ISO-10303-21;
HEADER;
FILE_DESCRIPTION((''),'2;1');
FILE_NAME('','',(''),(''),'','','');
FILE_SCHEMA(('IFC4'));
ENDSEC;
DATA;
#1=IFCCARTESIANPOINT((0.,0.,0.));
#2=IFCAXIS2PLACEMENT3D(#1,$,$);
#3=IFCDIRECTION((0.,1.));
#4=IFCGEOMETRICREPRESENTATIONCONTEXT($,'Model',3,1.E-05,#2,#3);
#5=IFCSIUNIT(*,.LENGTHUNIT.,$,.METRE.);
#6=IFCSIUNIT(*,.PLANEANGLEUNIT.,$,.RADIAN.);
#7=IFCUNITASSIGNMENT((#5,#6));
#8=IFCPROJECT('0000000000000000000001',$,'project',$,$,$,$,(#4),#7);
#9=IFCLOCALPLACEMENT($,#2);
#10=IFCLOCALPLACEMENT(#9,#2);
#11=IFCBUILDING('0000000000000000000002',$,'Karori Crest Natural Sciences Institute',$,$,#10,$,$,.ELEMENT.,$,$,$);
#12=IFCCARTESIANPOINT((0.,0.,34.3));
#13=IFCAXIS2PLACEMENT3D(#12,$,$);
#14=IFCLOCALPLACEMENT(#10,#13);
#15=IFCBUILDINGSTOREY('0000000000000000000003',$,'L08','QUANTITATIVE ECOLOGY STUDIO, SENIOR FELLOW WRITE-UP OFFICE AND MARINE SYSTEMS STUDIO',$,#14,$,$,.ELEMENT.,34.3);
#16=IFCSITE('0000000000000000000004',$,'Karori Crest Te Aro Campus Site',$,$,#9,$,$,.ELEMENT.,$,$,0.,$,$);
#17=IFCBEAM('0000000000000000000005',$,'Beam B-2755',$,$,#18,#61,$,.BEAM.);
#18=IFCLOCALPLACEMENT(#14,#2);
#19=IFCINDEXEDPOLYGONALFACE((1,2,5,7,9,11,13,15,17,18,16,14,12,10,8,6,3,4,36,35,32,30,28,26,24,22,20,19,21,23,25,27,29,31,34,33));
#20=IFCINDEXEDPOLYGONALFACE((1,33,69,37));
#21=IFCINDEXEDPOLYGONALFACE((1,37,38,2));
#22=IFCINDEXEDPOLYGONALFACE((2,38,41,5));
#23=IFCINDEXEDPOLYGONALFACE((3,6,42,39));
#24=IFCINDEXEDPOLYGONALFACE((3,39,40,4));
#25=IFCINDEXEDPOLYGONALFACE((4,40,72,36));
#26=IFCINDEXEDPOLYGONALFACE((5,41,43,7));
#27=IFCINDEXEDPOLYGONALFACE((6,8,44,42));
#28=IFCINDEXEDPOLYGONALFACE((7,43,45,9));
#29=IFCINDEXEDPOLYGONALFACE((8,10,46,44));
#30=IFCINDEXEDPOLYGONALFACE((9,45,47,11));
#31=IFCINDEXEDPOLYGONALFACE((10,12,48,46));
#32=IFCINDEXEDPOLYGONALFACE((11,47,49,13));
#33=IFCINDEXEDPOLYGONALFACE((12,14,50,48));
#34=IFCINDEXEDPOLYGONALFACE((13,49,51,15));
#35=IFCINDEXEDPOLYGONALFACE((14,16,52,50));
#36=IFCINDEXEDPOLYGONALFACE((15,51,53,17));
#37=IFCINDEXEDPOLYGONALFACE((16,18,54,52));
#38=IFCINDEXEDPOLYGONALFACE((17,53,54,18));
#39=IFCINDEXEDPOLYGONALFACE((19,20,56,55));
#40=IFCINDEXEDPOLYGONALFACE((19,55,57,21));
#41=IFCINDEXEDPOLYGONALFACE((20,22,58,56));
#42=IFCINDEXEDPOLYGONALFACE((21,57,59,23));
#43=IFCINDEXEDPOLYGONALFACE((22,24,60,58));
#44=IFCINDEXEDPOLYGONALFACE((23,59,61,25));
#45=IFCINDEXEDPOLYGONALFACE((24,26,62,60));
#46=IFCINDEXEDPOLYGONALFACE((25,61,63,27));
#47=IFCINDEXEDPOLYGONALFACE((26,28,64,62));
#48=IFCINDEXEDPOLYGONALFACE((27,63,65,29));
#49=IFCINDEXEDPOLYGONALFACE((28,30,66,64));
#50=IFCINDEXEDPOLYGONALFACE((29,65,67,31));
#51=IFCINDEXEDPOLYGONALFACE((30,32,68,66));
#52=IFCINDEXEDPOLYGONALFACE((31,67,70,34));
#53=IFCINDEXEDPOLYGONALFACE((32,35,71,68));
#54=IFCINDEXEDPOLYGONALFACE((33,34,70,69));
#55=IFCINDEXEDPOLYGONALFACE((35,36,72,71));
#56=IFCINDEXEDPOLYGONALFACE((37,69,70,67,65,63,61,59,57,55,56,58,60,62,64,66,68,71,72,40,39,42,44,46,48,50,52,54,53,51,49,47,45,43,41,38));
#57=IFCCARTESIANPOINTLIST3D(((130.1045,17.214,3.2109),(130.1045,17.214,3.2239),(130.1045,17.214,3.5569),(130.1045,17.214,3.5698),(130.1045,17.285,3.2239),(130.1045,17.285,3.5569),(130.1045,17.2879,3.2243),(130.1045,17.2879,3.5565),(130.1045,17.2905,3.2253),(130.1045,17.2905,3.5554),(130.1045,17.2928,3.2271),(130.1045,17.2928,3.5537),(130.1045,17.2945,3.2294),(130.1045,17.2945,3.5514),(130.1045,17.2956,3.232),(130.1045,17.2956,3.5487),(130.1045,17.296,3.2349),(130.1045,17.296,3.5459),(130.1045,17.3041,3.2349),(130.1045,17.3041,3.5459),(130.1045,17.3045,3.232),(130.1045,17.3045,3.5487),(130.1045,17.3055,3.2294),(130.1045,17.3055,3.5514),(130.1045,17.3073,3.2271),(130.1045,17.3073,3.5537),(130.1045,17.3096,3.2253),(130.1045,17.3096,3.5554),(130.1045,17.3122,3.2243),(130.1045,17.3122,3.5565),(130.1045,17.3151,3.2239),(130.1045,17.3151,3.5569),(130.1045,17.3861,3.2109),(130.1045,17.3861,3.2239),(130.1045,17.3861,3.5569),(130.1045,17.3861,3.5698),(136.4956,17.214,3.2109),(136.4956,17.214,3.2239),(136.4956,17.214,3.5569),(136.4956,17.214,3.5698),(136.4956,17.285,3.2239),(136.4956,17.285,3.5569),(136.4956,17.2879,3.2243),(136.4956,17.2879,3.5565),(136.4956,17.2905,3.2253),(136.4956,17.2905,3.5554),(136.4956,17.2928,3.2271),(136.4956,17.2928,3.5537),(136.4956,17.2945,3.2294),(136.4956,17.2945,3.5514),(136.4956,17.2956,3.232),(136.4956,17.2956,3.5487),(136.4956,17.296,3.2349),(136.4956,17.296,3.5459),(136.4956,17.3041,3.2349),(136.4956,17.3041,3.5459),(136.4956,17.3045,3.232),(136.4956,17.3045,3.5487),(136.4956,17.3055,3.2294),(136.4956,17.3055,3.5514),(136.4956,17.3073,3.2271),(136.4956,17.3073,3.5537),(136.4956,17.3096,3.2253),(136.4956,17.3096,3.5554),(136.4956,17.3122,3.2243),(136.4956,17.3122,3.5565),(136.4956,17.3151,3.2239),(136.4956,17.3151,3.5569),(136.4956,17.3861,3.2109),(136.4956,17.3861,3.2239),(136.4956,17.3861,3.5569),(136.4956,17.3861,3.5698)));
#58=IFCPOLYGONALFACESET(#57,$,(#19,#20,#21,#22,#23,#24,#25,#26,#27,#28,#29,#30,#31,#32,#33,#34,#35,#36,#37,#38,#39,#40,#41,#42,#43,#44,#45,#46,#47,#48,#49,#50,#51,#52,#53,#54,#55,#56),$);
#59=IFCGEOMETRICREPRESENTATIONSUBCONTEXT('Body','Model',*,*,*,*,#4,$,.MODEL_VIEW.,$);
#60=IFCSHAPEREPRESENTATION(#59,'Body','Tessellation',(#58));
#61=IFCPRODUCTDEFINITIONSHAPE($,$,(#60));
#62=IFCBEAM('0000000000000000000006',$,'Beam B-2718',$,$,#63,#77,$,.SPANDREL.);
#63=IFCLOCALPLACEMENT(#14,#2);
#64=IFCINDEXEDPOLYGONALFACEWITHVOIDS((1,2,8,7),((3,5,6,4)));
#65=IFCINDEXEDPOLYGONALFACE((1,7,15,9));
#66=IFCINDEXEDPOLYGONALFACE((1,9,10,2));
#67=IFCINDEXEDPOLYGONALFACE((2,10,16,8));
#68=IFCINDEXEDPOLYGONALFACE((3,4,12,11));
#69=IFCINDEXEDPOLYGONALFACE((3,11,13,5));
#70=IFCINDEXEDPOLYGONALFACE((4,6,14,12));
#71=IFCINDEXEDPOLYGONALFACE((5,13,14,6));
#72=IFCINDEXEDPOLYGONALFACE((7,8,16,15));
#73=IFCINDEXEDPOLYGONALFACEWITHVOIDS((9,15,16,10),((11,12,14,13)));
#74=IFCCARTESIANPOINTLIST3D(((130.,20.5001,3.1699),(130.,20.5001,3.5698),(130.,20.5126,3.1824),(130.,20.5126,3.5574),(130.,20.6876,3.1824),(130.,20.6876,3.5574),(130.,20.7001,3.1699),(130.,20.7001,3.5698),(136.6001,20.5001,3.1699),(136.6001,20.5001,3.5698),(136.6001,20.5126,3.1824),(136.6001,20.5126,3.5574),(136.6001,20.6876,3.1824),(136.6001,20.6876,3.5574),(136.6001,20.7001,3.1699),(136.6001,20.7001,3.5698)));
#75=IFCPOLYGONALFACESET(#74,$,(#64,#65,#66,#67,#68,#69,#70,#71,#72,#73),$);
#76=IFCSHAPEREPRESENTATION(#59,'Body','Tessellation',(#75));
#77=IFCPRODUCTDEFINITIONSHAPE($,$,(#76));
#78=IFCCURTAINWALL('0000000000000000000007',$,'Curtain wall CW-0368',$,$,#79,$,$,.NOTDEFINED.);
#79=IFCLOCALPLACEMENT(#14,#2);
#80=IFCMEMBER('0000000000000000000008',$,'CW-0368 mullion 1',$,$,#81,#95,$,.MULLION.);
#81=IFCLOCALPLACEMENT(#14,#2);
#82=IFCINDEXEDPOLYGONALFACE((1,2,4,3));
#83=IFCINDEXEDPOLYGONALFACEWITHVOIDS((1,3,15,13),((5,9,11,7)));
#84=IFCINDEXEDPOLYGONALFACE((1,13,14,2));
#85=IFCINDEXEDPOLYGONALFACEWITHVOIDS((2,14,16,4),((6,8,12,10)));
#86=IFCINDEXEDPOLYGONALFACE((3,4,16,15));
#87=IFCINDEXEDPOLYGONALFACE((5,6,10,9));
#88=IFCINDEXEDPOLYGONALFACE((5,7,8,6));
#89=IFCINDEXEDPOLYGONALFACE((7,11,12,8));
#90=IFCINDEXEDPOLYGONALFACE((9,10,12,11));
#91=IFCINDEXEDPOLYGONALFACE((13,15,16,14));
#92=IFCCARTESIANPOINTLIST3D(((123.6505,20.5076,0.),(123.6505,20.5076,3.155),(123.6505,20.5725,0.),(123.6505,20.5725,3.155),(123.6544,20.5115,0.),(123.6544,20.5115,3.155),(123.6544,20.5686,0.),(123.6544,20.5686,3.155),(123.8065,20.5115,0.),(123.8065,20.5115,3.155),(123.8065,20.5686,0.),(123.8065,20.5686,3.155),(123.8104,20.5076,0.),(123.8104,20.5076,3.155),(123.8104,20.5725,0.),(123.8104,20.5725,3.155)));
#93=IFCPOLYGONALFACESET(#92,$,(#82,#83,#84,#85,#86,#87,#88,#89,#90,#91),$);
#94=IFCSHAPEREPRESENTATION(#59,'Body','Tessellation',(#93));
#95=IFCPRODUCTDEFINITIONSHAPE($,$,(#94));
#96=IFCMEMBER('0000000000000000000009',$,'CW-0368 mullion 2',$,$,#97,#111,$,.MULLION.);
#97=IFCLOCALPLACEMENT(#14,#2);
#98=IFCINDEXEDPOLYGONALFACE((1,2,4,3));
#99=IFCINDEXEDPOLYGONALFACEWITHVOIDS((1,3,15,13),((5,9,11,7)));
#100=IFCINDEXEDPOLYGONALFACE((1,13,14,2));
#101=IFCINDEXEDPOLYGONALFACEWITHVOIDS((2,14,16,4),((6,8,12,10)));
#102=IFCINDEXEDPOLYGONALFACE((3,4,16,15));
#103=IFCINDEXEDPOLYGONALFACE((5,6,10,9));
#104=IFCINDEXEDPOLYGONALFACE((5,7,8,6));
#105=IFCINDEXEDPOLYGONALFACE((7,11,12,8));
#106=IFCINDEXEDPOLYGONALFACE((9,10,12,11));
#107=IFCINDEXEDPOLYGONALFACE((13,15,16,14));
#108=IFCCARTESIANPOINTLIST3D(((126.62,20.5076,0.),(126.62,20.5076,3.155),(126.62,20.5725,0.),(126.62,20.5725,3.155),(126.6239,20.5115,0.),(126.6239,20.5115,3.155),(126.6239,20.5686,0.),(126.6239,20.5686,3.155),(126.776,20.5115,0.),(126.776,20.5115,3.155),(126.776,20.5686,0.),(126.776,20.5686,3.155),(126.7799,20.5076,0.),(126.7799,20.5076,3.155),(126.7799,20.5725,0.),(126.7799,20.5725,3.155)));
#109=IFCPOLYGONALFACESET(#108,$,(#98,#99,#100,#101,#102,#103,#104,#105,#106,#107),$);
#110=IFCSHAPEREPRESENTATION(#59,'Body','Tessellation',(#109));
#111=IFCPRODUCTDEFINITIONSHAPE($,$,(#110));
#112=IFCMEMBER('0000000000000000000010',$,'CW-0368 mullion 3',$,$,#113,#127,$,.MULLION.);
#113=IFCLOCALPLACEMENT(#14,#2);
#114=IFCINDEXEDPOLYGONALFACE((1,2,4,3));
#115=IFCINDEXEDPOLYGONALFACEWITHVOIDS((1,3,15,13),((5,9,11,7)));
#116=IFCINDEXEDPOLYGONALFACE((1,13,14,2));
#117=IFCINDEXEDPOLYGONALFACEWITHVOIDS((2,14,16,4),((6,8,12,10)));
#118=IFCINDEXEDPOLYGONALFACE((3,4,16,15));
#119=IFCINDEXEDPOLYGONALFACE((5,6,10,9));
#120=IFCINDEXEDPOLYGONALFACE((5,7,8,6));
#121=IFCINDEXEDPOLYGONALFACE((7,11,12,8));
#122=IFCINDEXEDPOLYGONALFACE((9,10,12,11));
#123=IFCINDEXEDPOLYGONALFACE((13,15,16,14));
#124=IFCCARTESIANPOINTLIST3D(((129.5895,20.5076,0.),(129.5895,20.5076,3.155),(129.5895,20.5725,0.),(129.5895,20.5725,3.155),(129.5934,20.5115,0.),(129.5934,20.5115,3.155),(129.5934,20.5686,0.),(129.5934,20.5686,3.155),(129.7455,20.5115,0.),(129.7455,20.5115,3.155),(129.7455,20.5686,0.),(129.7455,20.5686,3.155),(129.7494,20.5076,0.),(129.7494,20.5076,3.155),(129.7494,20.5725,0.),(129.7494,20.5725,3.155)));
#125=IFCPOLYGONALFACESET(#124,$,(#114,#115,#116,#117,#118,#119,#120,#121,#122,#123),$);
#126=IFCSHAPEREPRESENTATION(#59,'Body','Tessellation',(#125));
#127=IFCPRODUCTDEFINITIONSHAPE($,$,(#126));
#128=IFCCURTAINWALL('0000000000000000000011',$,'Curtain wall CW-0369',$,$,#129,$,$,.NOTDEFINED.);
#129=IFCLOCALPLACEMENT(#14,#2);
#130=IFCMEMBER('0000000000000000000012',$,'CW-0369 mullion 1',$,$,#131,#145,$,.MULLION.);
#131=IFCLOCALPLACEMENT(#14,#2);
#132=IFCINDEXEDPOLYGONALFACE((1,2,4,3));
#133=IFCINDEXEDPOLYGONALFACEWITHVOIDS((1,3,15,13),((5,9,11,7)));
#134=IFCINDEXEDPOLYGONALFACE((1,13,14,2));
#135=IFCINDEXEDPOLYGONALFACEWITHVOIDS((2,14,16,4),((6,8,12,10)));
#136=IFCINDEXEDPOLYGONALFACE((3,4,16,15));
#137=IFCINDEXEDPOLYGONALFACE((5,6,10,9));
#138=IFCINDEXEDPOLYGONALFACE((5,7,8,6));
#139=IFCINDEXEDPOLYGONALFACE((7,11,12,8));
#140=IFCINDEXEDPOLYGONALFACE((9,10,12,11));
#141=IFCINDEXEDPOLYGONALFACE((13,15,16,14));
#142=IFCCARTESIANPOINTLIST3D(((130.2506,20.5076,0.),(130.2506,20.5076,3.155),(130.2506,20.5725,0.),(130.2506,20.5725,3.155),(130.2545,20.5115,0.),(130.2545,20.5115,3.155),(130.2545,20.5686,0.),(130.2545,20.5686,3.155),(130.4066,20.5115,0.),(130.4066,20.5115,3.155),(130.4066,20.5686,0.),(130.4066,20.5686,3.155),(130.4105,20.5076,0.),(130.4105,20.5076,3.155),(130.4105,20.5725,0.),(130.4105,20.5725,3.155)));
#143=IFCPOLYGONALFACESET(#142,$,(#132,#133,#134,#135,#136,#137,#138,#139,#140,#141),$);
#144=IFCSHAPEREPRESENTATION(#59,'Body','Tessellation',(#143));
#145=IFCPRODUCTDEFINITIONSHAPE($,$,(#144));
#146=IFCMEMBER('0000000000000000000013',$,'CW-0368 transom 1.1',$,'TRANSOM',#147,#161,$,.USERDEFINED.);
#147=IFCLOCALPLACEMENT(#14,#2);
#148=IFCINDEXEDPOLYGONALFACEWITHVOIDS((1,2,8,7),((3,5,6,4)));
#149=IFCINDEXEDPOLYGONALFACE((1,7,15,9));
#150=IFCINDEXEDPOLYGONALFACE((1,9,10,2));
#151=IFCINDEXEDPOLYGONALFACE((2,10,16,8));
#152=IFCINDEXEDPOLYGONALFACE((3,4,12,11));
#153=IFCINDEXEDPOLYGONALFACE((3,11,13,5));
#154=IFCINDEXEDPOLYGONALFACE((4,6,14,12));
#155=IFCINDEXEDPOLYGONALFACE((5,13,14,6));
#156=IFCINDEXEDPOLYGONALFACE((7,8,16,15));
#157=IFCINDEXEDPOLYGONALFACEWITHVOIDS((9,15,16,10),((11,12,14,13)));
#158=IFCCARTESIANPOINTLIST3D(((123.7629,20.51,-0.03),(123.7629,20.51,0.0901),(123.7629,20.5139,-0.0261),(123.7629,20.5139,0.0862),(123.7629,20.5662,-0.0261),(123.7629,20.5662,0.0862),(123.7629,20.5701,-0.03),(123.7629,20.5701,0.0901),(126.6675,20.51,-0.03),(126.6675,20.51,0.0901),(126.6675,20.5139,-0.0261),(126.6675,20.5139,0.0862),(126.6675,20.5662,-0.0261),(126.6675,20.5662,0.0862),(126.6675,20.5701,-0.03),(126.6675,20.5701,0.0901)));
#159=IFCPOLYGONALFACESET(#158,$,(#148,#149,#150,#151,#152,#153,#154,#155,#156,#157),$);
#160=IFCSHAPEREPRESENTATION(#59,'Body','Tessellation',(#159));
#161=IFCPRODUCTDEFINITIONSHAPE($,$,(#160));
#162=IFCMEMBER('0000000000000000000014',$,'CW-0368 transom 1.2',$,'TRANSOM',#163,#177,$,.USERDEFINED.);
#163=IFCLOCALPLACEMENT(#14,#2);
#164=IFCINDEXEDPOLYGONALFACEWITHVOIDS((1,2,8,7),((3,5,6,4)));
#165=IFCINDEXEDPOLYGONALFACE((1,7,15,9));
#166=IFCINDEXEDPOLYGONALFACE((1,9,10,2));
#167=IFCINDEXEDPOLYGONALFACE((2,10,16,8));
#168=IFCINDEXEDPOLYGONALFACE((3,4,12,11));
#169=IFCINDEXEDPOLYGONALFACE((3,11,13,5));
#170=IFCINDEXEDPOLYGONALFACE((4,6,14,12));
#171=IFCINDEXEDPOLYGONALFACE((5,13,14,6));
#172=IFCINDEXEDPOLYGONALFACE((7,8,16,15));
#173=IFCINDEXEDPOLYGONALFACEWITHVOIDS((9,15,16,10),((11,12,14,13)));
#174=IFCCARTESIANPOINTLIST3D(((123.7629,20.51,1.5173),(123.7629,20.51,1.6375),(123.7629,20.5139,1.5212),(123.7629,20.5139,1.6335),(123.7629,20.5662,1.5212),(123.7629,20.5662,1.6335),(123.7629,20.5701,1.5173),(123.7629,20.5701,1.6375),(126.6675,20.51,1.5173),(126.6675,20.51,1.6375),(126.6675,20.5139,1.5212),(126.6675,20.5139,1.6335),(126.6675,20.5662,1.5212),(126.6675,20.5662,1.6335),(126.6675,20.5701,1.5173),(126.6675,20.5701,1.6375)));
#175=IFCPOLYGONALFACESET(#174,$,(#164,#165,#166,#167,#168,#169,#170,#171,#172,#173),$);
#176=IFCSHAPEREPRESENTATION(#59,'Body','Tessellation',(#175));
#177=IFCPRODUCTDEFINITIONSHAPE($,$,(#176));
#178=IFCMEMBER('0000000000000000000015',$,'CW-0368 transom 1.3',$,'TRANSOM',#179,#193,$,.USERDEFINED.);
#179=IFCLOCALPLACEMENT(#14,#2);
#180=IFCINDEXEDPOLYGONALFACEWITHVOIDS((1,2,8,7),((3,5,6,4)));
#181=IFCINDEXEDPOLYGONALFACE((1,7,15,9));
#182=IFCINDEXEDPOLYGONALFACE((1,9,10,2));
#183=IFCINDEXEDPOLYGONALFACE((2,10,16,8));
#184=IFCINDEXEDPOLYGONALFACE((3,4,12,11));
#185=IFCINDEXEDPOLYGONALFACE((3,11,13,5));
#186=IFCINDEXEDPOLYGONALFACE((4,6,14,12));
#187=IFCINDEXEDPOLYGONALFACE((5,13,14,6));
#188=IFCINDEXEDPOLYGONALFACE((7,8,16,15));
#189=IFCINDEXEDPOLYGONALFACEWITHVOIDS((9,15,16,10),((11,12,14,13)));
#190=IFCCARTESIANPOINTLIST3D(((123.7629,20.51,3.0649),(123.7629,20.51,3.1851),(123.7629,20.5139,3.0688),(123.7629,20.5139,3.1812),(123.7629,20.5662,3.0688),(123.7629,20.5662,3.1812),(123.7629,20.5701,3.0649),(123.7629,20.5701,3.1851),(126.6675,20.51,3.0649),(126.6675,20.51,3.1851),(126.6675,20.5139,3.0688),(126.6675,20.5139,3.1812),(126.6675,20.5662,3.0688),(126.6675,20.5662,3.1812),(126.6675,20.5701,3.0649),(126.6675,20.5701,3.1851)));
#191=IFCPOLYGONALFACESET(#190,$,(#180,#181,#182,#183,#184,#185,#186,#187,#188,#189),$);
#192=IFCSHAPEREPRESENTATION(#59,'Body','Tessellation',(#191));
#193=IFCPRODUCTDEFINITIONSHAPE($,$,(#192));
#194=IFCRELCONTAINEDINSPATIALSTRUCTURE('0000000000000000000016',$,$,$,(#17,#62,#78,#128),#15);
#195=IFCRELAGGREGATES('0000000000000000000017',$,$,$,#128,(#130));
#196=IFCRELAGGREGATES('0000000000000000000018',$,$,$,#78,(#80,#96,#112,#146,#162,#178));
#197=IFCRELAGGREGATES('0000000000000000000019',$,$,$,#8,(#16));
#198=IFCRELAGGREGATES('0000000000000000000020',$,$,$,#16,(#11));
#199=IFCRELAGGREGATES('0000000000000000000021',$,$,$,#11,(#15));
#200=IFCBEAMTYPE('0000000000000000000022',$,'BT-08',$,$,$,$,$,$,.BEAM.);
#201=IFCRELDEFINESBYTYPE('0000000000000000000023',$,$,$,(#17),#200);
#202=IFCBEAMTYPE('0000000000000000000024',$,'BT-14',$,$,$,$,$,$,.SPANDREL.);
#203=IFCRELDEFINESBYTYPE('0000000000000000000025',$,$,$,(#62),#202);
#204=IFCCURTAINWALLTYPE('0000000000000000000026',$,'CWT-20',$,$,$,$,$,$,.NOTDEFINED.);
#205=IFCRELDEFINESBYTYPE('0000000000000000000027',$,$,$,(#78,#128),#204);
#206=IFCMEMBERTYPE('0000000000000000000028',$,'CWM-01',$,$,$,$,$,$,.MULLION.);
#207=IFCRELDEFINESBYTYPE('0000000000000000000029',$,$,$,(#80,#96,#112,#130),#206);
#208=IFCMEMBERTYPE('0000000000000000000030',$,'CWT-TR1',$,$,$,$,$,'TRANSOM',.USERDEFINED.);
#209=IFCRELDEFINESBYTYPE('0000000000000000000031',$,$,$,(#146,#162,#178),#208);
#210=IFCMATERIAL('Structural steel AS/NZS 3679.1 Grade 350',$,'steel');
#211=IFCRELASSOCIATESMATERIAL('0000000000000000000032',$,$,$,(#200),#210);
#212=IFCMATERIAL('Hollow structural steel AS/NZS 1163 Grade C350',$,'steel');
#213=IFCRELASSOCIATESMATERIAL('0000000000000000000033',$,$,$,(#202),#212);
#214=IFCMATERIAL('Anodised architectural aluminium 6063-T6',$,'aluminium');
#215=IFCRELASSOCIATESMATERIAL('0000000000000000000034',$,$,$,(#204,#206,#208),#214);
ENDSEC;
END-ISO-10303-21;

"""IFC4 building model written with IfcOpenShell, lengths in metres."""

from ifc_helpers import new_model, si_unit, direction, frame, origin, origin_2d, place, context, subcontext, project, spatial, hollow_rectangle, i_section, extrude, material, material_profile, profile_set, type_object, element, aggregate, save


model = new_model("IFC4")

# Units and contexts
model_context = context("Model", 3, precision=1e-05, world=origin(), true_north=direction((0.0, 1.0)))
body_context = subcontext(model_context, "Body", "Model", "MODEL_VIEW")
ifc_project = project(units=[si_unit("LENGTHUNIT", "METRE"), si_unit("PLANEANGLEUNIT", "RADIAN")], contexts=[model_context])

# Site, building, storey
site_placement = place(None, origin())
site = spatial("IfcSite", under=ifc_project, at=site_placement, Name="Karori Crest Te Aro Campus Site", CompositionType="ELEMENT", RefElevation=0.0)
building_placement = place(site_placement, origin())
building = spatial("IfcBuilding", under=site, at=building_placement, Name="Karori Crest Natural Sciences Institute", CompositionType="ELEMENT")
storey_placement = place(building_placement, frame((0.0, 0.0, 34.3)))
storey = spatial("IfcBuildingStorey", under=building, at=storey_placement, Name="L08", Description="QUANTITATIVE ECOLOGY STUDIO, SENIOR FELLOW WRITE-UP OFFICE AND MARINE SYSTEMS STUDIO", CompositionType="ELEMENT", Elevation=34.3)

# Shared definitions
ifc_material_1 = material(Name="Structural steel AS/NZS 3679.1 Grade 350", Category="steel")

# Beams
ifc_material_profile_1 = material_profile(ifc_material_1, i_section(OverallWidth=0.1721, OverallDepth=0.3589, WebThickness=0.0081, FlangeThickness=0.0129, FilletRadius=0.011, at=origin_2d()), Name="360UB56.7")
ifc_profile_set_1 = profile_set([ifc_material_profile_1], Name="Structural steel AS/NZS 3679.1 Grade 350")
beam_type_1 = type_object("IfcBeamType", Name="BT-08", PredefinedType="BEAM", material=ifc_profile_set_1)
beam_1_placement = place(storey_placement, frame((130.1045, 17.3, 3.3904), z_axis=(1.0, 0.0, 0.0), x_axis=(0.0, 1.0, 0.0)))
element("IfcBeam", 1, at=beam_1_placement, inside=storey, type_object=beam_type_1, Name="Beam B-2755", PredefinedType="BEAM", context=body_context, shape_type="SweptSolid", body=[
    extrude(i_section(OverallWidth=0.1721, OverallDepth=0.3589, WebThickness=0.0081, FlangeThickness=0.0129, FilletRadius=0.011, at=origin_2d()), origin(), (0.0, 0.0, 1.0), 6.3911),
])
ifc_material_2 = material(Name="Hollow structural steel AS/NZS 1163 Grade C350", Category="steel")
ifc_material_profile_2 = material_profile(ifc_material_2, hollow_rectangle(XDim=0.2, YDim=0.3999, WallThickness=0.0125, at=origin_2d()), Name="RHS400x200x12.5")
ifc_profile_set_2 = profile_set([ifc_material_profile_2], Name="Hollow structural steel AS/NZS 1163 Grade C350")
beam_type_2 = type_object("IfcBeamType", Name="BT-14", PredefinedType="SPANDREL", material=ifc_profile_set_2)
beam_2_placement = place(storey_placement, frame((130.0, 20.6001, 3.3699), z_axis=(1.0, 0.0, 0.0), x_axis=(0.0, 1.0, 0.0)))
element("IfcBeam", 2, at=beam_2_placement, inside=storey, type_object=beam_type_2, Name="Beam B-2718", PredefinedType="SPANDREL", context=body_context, shape_type="SweptSolid", body=[
    extrude(hollow_rectangle(XDim=0.2, YDim=0.3999, WallThickness=0.0125, at=origin_2d()), origin(), (0.0, 0.0, 1.0), 6.6001),
])

# Curtain wall, members
ifc_material_3 = material(Name="Anodised architectural aluminium 6063-T6", Category="aluminium")
curtain_wall_type = type_object("IfcCurtainWallType", Name="CWT-20", PredefinedType="NOTDEFINED", material=ifc_material_3)
curtain_wall_1_placement = place(storey_placement, origin())
curtain_wall_1 = element("IfcCurtainWall", 3, at=curtain_wall_1_placement, inside=storey, type_object=curtain_wall_type, Name="Curtain wall CW-0368", PredefinedType="NOTDEFINED")
ifc_material_profile_3 = material_profile(ifc_material_3, hollow_rectangle(XDim=0.0649, YDim=0.1599, WallThickness=0.0039, at=origin_2d()), Name="CWM160x65x4")
ifc_profile_set_3 = profile_set([ifc_material_profile_3], Name="Anodised architectural aluminium 6063-T6")
member_type_1 = type_object("IfcMemberType", Name="CWM-01", PredefinedType="MULLION", material=ifc_profile_set_3)
member_1_placement = place(storey_placement, frame((123.7305, 20.54, 0.0), z_axis=(0.0, 0.0, 1.0), x_axis=(0.0, 1.0, 0.0)))
member_1 = element("IfcMember", 4, at=member_1_placement, type_object=member_type_1, Name="CW-0368 mullion 1", PredefinedType="MULLION", context=body_context, shape_type="SweptSolid", body=[
    extrude(hollow_rectangle(XDim=0.0649, YDim=0.1599, WallThickness=0.0039, at=origin_2d()), origin(), (0.0, 0.0, 1.0), 3.155),
])
member_2_placement = place(storey_placement, frame((126.7, 20.54, 0.0), z_axis=(0.0, 0.0, 1.0), x_axis=(0.0, 1.0, 0.0)))
member_2 = element("IfcMember", 5, at=member_2_placement, type_object=member_type_1, Name="CW-0368 mullion 2", PredefinedType="MULLION", context=body_context, shape_type="SweptSolid", body=[
    extrude(hollow_rectangle(XDim=0.0649, YDim=0.1599, WallThickness=0.0039, at=origin_2d()), origin(), (0.0, 0.0, 1.0), 3.155),
])
member_3_placement = place(storey_placement, frame((129.6694, 20.54, 0.0), z_axis=(0.0, 0.0, 1.0), x_axis=(0.0, 1.0, 0.0)))
member_3 = element("IfcMember", 6, at=member_3_placement, type_object=member_type_1, Name="CW-0368 mullion 3", PredefinedType="MULLION", context=body_context, shape_type="SweptSolid", body=[
    extrude(hollow_rectangle(XDim=0.0649, YDim=0.1599, WallThickness=0.0039, at=origin_2d()), origin(), (0.0, 0.0, 1.0), 3.155),
])

# Curtain wall, member
curtain_wall_2_placement = place(storey_placement, origin())
curtain_wall_2 = element("IfcCurtainWall", 7, at=curtain_wall_2_placement, inside=storey, type_object=curtain_wall_type, Name="Curtain wall CW-0369", PredefinedType="NOTDEFINED")
member_4_placement = place(storey_placement, frame((130.3306, 20.54, 0.0), z_axis=(0.0, 0.0, 1.0), x_axis=(0.0, 1.0, 0.0)))
member_4 = element("IfcMember", 8, at=member_4_placement, type_object=member_type_1, Name="CW-0369 mullion 1", PredefinedType="MULLION", context=body_context, shape_type="SweptSolid", body=[
    extrude(hollow_rectangle(XDim=0.0649, YDim=0.1599, WallThickness=0.0039, at=origin_2d()), origin(), (0.0, 0.0, 1.0), 3.155),
])

# Members
ifc_material_profile_4 = material_profile(ifc_material_3, hollow_rectangle(XDim=0.0601, YDim=0.1201, WallThickness=0.0039, at=origin_2d()), Name="CWT120x60x4")
ifc_profile_set_4 = profile_set([ifc_material_profile_4], Name="Anodised architectural aluminium 6063-T6")
member_type_2 = type_object("IfcMemberType", Name="CWT-TR1", ElementType="TRANSOM", PredefinedType="USERDEFINED", material=ifc_profile_set_4)
member_5_placement = place(storey_placement, frame((123.7629, 20.54, 0.03), z_axis=(1.0, 0.0, 0.0), x_axis=(0.0, 1.0, 0.0)))
member_5 = element("IfcMember", 9, at=member_5_placement, type_object=member_type_2, Name="CW-0368 transom 1.1", ObjectType="TRANSOM", PredefinedType="USERDEFINED", context=body_context, shape_type="SweptSolid", body=[
    extrude(hollow_rectangle(XDim=0.0601, YDim=0.1201, WallThickness=0.0039, at=origin_2d()), origin(), (0.0, 0.0, 1.0), 2.9045),
])
member_6_placement = place(storey_placement, frame((123.7629, 20.54, 1.5774), z_axis=(1.0, 0.0, 0.0), x_axis=(0.0, 1.0, 0.0)))
member_6 = element("IfcMember", 10, at=member_6_placement, type_object=member_type_2, Name="CW-0368 transom 1.2", ObjectType="TRANSOM", PredefinedType="USERDEFINED", context=body_context, shape_type="SweptSolid", body=[
    extrude(hollow_rectangle(XDim=0.0601, YDim=0.1201, WallThickness=0.0039, at=origin_2d()), origin(), (0.0, 0.0, 1.0), 2.9045),
])
member_7_placement = place(storey_placement, frame((123.7629, 20.54, 3.125), z_axis=(1.0, 0.0, 0.0), x_axis=(0.0, 1.0, 0.0)))
member_7 = element("IfcMember", 11, at=member_7_placement, type_object=member_type_2, Name="CW-0368 transom 1.3", ObjectType="TRANSOM", PredefinedType="USERDEFINED", context=body_context, shape_type="SweptSolid", body=[
    extrude(hollow_rectangle(XDim=0.0601, YDim=0.1201, WallThickness=0.0039, at=origin_2d()), origin(), (0.0, 0.0, 1.0), 2.9045),
])
aggregate(curtain_wall_2, [member_4])

aggregate(curtain_wall_1, [member_1, member_2, member_3, member_5, member_6, member_7])

save(model, "model.ifc")
